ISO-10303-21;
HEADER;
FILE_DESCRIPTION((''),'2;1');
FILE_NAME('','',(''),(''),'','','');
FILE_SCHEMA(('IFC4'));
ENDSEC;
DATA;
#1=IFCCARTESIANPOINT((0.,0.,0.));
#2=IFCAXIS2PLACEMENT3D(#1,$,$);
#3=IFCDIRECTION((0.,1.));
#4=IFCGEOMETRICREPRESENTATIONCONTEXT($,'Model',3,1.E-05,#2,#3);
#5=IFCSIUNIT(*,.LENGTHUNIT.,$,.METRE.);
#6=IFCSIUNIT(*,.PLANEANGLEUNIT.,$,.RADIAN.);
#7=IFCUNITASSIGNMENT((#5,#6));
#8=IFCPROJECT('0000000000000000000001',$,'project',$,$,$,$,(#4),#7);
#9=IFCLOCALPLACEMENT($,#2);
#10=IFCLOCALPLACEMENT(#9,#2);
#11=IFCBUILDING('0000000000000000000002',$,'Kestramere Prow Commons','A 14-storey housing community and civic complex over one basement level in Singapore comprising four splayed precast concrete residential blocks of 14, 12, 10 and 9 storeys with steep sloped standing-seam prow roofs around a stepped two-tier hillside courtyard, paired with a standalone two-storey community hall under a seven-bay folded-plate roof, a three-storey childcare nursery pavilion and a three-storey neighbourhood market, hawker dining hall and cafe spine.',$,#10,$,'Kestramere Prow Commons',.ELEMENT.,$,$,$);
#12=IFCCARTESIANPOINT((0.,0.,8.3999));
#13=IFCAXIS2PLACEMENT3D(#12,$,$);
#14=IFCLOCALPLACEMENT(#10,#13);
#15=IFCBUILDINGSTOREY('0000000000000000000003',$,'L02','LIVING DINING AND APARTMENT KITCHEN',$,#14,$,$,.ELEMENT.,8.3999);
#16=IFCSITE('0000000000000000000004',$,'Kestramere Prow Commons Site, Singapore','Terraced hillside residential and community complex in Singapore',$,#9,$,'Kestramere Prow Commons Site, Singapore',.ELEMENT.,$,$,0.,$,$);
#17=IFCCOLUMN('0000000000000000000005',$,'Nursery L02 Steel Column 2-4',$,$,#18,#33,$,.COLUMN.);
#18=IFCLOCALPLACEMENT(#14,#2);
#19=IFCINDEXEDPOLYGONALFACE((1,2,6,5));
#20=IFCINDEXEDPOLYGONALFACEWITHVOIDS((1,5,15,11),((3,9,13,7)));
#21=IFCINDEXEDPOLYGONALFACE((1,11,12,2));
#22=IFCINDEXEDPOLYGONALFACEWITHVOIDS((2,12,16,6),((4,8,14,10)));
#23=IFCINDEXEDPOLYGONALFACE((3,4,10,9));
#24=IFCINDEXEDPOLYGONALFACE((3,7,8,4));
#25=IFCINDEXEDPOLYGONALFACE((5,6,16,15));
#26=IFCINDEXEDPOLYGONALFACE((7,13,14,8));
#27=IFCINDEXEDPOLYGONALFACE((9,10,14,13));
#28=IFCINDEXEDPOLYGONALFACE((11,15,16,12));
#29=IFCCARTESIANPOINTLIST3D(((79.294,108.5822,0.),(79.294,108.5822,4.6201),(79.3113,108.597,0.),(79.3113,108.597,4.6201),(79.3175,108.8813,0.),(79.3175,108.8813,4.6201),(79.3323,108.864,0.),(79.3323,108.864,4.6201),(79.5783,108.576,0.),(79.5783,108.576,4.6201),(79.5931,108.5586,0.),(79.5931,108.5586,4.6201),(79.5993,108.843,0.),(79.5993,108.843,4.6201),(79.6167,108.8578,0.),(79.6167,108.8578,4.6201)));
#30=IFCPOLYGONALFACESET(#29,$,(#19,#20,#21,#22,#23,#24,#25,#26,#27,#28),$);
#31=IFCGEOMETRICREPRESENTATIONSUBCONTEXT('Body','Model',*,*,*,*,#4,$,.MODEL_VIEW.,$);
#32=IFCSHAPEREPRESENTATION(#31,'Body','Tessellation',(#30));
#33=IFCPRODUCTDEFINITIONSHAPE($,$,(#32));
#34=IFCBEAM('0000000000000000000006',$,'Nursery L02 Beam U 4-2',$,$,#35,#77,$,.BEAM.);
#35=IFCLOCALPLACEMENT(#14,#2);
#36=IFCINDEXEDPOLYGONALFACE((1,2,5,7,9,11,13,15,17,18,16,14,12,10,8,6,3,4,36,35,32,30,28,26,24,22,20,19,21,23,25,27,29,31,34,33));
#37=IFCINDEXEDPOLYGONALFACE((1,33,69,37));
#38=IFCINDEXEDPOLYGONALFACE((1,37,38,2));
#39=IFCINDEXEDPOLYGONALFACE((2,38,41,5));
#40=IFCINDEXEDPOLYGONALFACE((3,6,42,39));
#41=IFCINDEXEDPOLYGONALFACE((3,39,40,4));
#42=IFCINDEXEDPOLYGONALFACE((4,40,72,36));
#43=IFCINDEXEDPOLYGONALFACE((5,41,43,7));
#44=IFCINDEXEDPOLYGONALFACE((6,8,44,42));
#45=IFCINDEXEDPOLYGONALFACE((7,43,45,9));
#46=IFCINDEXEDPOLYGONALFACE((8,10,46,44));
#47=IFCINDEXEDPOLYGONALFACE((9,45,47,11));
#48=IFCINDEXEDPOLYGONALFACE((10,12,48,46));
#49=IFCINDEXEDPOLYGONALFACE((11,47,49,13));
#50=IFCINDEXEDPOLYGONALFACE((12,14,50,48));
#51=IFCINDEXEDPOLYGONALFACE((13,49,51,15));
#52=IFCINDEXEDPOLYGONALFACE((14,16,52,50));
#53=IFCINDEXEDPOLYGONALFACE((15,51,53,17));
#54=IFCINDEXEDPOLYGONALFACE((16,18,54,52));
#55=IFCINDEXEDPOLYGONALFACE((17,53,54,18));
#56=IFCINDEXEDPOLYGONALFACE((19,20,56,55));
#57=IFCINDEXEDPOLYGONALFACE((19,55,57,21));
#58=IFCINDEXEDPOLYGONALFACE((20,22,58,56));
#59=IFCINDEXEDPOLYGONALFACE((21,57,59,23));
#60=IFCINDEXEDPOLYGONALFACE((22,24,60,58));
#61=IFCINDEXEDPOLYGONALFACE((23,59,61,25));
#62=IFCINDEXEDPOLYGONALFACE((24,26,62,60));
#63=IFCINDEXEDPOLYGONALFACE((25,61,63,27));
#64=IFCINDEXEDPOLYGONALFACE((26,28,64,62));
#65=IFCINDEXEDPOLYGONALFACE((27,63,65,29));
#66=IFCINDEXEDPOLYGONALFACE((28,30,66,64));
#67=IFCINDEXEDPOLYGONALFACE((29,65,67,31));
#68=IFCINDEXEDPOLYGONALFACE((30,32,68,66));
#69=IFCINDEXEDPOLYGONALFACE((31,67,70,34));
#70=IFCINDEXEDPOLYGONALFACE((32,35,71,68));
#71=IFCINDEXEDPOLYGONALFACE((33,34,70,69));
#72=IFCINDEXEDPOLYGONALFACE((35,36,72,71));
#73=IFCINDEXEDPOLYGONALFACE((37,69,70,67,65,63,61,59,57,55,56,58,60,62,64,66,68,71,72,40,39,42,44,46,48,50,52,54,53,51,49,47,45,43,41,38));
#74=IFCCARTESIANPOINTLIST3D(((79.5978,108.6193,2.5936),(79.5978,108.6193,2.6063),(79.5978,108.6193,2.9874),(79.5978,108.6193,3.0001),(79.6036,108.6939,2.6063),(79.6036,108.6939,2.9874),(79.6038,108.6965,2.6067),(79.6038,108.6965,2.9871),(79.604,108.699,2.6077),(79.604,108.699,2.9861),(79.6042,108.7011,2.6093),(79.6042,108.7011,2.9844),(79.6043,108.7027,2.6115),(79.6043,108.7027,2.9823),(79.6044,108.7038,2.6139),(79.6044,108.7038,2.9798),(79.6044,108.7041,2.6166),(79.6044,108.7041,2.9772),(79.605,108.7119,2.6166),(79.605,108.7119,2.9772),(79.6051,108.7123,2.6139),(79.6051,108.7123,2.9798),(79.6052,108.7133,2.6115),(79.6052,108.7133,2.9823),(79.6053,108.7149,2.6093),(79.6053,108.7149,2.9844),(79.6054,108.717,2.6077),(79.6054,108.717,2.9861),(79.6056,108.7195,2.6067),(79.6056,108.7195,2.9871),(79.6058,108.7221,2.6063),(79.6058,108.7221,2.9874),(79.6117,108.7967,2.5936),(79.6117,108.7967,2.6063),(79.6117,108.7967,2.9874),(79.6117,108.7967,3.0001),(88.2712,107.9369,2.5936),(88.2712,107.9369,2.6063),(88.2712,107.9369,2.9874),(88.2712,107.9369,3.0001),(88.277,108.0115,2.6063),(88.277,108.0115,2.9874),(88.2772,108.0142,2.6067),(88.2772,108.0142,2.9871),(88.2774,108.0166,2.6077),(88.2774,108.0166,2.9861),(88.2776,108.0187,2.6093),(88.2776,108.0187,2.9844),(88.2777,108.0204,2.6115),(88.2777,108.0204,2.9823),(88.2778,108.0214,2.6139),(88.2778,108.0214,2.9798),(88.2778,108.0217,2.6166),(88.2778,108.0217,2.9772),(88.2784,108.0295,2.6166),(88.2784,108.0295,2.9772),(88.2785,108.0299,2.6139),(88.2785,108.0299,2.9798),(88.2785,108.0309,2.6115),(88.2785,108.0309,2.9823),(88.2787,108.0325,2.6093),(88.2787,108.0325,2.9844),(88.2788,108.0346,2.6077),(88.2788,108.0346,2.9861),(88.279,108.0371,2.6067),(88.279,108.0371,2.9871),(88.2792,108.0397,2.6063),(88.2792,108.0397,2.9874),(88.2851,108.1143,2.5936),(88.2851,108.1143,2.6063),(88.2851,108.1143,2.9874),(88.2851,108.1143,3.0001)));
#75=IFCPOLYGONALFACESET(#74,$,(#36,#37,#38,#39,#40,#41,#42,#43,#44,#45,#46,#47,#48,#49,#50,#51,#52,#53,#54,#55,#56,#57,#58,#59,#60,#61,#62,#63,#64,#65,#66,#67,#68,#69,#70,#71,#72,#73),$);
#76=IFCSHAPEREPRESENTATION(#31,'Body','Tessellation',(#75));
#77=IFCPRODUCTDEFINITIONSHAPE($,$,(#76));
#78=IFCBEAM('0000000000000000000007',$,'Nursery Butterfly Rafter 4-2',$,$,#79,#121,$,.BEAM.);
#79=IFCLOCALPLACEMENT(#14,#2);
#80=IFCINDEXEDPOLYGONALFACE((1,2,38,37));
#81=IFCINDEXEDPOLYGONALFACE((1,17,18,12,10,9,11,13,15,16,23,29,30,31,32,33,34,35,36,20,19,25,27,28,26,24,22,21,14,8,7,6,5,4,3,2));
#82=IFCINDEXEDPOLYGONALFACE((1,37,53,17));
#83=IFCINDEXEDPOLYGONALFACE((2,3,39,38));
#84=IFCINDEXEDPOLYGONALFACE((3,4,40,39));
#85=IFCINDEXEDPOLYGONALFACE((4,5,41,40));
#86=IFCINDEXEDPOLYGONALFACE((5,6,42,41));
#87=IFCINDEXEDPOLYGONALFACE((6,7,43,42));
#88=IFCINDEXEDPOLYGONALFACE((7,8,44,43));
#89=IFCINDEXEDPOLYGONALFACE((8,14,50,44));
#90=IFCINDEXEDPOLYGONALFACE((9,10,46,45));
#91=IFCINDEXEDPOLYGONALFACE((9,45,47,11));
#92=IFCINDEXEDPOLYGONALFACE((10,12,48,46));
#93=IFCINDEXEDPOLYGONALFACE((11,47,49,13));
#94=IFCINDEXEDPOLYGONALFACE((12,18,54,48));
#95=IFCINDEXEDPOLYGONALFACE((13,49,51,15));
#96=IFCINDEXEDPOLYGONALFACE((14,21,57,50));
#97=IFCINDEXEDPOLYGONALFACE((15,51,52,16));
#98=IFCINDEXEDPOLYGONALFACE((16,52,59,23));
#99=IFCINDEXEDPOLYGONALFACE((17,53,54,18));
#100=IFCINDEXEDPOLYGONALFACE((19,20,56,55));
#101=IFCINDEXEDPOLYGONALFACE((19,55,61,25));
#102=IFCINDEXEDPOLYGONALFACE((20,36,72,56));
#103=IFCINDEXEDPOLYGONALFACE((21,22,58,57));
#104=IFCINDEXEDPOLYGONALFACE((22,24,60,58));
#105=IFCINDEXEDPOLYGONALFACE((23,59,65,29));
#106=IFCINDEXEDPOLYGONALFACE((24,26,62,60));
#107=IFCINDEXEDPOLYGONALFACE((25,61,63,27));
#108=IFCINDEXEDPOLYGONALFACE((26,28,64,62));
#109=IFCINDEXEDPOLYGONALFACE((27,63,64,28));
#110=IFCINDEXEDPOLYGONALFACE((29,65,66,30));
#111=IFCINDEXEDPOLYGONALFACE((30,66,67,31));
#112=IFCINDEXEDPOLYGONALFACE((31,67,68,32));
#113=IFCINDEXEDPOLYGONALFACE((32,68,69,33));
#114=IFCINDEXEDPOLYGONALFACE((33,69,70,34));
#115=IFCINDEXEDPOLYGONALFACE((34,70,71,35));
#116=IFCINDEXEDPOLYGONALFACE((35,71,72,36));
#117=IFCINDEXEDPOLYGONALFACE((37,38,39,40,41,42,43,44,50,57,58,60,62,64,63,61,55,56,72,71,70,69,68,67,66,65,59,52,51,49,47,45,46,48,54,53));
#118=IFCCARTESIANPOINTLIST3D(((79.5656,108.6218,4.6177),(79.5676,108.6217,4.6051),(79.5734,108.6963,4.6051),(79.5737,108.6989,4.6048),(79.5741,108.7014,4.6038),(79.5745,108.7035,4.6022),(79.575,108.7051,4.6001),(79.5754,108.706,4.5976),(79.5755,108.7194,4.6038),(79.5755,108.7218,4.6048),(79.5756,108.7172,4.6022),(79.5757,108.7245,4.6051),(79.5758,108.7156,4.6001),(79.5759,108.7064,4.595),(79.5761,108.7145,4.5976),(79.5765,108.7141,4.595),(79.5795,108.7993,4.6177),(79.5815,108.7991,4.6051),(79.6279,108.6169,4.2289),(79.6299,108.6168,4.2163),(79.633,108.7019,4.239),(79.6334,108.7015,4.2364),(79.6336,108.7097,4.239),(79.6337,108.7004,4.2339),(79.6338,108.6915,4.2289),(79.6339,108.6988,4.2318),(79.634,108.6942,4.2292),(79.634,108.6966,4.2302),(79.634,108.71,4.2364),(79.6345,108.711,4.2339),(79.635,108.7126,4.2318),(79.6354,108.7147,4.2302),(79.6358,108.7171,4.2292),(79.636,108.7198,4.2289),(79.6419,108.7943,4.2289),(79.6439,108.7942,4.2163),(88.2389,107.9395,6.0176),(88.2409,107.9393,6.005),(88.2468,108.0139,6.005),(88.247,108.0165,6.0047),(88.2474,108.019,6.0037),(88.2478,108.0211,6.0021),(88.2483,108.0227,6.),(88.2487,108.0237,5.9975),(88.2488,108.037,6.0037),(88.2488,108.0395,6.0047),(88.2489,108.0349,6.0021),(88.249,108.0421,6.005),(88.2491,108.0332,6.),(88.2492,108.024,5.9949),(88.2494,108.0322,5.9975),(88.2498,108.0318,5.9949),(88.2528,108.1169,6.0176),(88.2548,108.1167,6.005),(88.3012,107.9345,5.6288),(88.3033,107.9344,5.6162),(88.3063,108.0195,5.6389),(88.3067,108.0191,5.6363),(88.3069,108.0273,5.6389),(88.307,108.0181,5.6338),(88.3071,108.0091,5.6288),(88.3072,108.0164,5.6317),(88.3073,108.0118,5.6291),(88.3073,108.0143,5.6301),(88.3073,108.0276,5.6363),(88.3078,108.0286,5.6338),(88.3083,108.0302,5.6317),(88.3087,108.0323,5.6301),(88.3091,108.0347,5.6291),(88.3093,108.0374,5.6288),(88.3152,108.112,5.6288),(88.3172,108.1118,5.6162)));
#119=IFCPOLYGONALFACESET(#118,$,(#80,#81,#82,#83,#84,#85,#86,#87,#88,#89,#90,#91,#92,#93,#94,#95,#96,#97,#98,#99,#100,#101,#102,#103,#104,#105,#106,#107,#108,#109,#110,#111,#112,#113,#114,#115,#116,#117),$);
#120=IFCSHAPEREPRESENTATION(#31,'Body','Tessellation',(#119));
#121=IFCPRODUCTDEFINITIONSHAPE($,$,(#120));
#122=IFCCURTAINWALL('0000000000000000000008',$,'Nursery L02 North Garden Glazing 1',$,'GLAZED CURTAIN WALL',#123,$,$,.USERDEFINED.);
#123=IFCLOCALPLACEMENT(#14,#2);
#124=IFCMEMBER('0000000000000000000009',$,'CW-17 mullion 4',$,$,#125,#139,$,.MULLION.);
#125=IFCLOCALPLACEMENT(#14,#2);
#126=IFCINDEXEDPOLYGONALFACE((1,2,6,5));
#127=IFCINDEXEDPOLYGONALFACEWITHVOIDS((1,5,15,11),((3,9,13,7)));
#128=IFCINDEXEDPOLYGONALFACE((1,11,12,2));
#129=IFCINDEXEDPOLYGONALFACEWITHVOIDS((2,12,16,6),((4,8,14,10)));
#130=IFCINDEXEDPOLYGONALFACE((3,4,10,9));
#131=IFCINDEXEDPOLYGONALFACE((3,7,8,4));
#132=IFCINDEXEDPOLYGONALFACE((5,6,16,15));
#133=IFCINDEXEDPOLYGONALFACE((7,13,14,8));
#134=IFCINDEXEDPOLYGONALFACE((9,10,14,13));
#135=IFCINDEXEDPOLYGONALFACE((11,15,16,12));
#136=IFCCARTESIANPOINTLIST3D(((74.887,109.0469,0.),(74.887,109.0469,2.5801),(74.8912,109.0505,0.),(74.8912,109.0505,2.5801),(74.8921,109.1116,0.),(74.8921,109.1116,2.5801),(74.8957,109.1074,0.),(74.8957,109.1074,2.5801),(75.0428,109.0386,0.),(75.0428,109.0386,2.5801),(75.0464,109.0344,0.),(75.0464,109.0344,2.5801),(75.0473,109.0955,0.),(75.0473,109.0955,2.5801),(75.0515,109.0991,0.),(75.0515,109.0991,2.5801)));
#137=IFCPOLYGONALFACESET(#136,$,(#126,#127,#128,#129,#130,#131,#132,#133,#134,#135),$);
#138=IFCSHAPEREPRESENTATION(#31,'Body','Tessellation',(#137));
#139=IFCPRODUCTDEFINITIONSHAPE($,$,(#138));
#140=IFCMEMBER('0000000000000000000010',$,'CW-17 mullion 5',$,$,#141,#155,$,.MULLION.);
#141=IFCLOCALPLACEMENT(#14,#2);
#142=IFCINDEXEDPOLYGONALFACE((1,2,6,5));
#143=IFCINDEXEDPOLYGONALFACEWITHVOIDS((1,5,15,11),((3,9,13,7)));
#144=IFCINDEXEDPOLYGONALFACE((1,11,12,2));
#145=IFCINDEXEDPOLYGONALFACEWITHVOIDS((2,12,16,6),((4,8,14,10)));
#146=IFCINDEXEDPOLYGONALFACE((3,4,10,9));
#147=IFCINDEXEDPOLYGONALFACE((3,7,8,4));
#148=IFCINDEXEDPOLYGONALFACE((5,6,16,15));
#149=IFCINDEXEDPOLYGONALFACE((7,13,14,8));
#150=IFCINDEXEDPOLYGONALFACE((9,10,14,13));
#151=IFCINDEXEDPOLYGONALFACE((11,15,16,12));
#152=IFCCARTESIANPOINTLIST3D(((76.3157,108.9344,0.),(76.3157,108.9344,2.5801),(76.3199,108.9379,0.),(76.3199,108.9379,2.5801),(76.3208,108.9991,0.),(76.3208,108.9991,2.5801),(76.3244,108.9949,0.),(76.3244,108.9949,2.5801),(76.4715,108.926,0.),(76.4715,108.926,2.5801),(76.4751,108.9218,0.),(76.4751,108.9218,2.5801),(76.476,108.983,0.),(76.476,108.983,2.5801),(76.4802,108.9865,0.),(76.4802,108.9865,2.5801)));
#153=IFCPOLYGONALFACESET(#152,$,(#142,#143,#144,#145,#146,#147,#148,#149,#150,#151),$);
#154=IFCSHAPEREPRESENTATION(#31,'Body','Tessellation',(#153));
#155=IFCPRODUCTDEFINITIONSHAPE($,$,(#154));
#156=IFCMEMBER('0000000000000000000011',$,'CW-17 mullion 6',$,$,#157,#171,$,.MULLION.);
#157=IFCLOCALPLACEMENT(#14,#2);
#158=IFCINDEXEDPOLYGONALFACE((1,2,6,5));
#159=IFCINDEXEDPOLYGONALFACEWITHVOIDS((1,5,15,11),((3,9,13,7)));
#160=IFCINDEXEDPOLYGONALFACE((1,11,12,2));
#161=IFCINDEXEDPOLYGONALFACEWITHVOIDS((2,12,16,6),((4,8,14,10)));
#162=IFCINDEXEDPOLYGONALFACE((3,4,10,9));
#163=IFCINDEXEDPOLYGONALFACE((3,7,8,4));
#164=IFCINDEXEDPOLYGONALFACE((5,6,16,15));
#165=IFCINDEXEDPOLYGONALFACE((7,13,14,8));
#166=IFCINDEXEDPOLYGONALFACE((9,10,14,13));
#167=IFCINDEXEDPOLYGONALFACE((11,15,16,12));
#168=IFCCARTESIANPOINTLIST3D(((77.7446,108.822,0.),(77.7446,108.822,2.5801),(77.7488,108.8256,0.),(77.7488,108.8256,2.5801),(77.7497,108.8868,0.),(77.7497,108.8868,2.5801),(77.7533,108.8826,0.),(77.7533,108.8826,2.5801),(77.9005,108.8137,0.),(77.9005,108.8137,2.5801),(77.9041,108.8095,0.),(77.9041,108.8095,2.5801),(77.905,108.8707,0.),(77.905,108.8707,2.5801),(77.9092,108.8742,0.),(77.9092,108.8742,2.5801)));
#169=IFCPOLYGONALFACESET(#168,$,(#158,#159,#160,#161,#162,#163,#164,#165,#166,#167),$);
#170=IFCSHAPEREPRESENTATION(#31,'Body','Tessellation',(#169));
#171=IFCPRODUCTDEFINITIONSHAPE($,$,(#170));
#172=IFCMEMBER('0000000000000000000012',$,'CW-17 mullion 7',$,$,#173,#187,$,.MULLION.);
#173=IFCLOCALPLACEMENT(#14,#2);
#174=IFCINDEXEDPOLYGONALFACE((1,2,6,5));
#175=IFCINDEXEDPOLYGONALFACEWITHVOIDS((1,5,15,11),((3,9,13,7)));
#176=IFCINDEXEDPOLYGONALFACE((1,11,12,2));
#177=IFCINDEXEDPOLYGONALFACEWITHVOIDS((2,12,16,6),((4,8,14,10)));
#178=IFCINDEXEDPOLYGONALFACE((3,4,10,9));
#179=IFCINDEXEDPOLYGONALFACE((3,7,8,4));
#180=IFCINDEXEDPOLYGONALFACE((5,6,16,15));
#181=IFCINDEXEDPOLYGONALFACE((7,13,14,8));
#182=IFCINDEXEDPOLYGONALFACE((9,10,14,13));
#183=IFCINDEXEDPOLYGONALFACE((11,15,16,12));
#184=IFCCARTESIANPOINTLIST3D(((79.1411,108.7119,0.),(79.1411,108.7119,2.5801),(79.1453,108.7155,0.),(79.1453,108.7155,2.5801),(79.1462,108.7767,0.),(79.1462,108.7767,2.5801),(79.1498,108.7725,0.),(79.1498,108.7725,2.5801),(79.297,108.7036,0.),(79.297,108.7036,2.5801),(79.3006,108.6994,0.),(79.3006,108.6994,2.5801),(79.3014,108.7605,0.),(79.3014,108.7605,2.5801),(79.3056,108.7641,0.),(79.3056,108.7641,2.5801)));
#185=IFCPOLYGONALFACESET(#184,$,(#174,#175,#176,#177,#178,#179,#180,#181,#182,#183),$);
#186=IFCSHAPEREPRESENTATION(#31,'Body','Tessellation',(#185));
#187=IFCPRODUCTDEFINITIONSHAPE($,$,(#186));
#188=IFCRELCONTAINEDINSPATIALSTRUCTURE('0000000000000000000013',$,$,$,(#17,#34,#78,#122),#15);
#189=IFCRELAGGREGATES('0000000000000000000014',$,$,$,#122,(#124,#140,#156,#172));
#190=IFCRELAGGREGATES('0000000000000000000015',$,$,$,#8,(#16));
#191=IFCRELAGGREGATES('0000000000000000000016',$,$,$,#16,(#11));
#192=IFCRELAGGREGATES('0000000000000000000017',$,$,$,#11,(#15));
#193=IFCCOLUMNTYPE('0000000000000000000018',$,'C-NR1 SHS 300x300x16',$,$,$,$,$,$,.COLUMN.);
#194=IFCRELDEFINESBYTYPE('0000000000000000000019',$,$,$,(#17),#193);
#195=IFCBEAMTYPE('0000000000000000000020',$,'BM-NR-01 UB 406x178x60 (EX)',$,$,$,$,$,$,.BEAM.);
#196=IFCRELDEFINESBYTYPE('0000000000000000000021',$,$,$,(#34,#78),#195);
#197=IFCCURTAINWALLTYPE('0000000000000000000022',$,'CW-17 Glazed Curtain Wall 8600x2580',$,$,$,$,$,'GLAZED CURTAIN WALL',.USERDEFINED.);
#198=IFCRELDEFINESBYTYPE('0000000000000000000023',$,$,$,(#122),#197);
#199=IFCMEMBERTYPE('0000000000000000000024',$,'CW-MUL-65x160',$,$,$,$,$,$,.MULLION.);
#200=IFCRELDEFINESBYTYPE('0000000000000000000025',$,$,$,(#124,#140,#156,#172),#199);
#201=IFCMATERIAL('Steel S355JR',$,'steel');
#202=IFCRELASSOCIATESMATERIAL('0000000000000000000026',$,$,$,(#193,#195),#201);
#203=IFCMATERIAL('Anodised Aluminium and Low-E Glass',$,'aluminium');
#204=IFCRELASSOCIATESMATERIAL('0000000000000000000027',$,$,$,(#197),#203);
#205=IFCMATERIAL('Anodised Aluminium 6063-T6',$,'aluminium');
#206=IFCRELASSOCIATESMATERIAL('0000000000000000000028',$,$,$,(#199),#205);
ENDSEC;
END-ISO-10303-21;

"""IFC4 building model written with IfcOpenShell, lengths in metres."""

from ifc_helpers import new_model, si_unit, direction, frame, origin, origin_2d, place, context, subcontext, project, spatial, hollow_rectangle, i_section, extrude, material, material_profile, profile_set, type_object, element, aggregate, save


model = new_model("IFC4")

# Units and contexts
model_context = context("Model", 3, precision=1e-05, world=origin(), true_north=direction((0.0, 1.0)))
body_context = subcontext(model_context, "Body", "Model", "MODEL_VIEW")
ifc_project = project(units=[si_unit("LENGTHUNIT", "METRE"), si_unit("PLANEANGLEUNIT", "RADIAN")], contexts=[model_context])

# Site, building, storey
site_placement = place(None, origin())
site = spatial("IfcSite", under=ifc_project, at=site_placement, Name="Kestramere Prow Commons Site, Singapore", Description="Terraced hillside residential and community complex in Singapore", LongName="Kestramere Prow Commons Site, Singapore", CompositionType="ELEMENT", RefElevation=0.0)
building_placement = place(site_placement, origin())
building = spatial("IfcBuilding", under=site, at=building_placement, Name="Kestramere Prow Commons", Description="A 14-storey housing community and civic complex over one basement level in Singapore comprising four splayed precast concrete residential blocks of 14, 12, 10 and 9 storeys with steep sloped standing-seam prow roofs around a stepped two-tier hillside courtyard, paired with a standalone two-storey community hall under a seven-bay folded-plate roof, a three-storey childcare nursery pavilion and a three-storey neighbourhood market, hawker dining hall and cafe spine.", LongName="Kestramere Prow Commons", CompositionType="ELEMENT")
storey_placement = place(building_placement, frame((0.0, 0.0, 8.3999)))
storey = spatial("IfcBuildingStorey", under=building, at=storey_placement, Name="L02", Description="LIVING DINING AND APARTMENT KITCHEN", CompositionType="ELEMENT", Elevation=8.3999)

# Column
ifc_material_1 = material(Name="Steel S355JR", Category="steel")
ifc_material_profile_1 = material_profile(ifc_material_1, hollow_rectangle(XDim=0.3, YDim=0.3, WallThickness=0.0161, at=origin_2d()), Name="SHS 300x300x16")
ifc_profile_set_1 = profile_set([ifc_material_profile_1], Name="Steel S355JR")
column_type = type_object("IfcColumnType", Name="C-NR1 SHS 300x300x16", PredefinedType="COLUMN", material=ifc_profile_set_1)
column_placement = place(storey_placement, frame((79.4553, 108.72, 0.0), z_axis=(0.0, 0.0, 1.0), x_axis=(0.996917, -0.078459, 0.0)))
element("IfcColumn", 1, at=column_placement, inside=storey, type_object=column_type, Name="Nursery L02 Steel Column 2-4", PredefinedType="COLUMN", context=body_context, shape_type="SweptSolid", body=[
    extrude(hollow_rectangle(XDim=0.3, YDim=0.3, WallThickness=0.0161, at=origin_2d()), origin(), (0.0, 0.0, 1.0), 4.6201),
])

# Beams
ifc_material_profile_2 = material_profile(ifc_material_1, i_section(OverallWidth=0.178, OverallDepth=0.4065, WebThickness=0.0078, FlangeThickness=0.0127, FilletRadius=0.0103, at=origin_2d()), Name="UB 406x178x60")
ifc_profile_set_2 = profile_set([ifc_material_profile_2], Name="Steel S355JR")
beam_type = type_object("IfcBeamType", Name="BM-NR-01 UB 406x178x60 (EX)", PredefinedType="BEAM", material=ifc_profile_set_2)
beam_1_placement = place(storey_placement, frame((79.6047, 108.708, 2.7969), z_axis=(0.996919, -0.078432, 0.0), x_axis=(0.078432, 0.996919, 0.0)))
element("IfcBeam", 2, at=beam_1_placement, inside=storey, type_object=beam_type, Name="Nursery L02 Beam U 4-2", PredefinedType="BEAM", context=body_context, shape_type="SweptSolid", body=[
    extrude(i_section(OverallWidth=0.178, OverallDepth=0.4065, WebThickness=0.0078, FlangeThickness=0.0127, FilletRadius=0.0103, at=origin_2d()), origin(), (0.0, 0.0, 1.0), 8.7002),
])
beam_2_placement = place(storey_placement, frame((79.6047, 108.708, 4.417), z_axis=(0.984259, -0.077436, 0.158862), x_axis=(0.078432, 0.996919, 0.0)))
element("IfcBeam", 3, at=beam_2_placement, inside=storey, type_object=beam_type, Name="Nursery Butterfly Rafter 4-2", PredefinedType="BEAM", context=body_context, shape_type="SweptSolid", body=[
    extrude(i_section(OverallWidth=0.178, OverallDepth=0.4065, WebThickness=0.0078, FlangeThickness=0.0127, FilletRadius=0.0103, at=origin_2d()), origin(), (0.0, 0.0, 1.0), 8.812),
])

# Curtain wall, members
ifc_material_2 = material(Name="Anodised Aluminium and Low-E Glass", Category="aluminium")
curtain_wall_type = type_object("IfcCurtainWallType", Name="CW-17 Glazed Curtain Wall 8600x2580", ElementType="GLAZED CURTAIN WALL", PredefinedType="USERDEFINED", material=ifc_material_2)
curtain_wall_1_placement = place(storey_placement, origin())
curtain_wall_1 = element("IfcCurtainWall", 4, at=curtain_wall_1_placement, inside=storey, type_object=curtain_wall_type, Name="Nursery L02 North Garden Glazing 1", ObjectType="GLAZED CURTAIN WALL", PredefinedType="USERDEFINED")
ifc_material_3 = material(Name="Anodised Aluminium 6063-T6", Category="aluminium")
ifc_material_profile_3 = material_profile(ifc_material_3, hollow_rectangle(XDim=0.0649, YDim=0.1599, WallThickness=0.0039, at=origin_2d()), Name="ALU-MUL 65x160")
ifc_profile_set_3 = profile_set([ifc_material_profile_3], Name="Anodised Aluminium 6063-T6")
member_type_1 = type_object("IfcMemberType", Name="CW-MUL-65x160", PredefinedType="MULLION", material=ifc_profile_set_3)
member_1_placement = place(storey_placement, frame((74.9692, 109.073, 0.0), z_axis=(0.0, 0.0, 1.0), x_axis=(0.078459, 0.996917, 0.0)))
member_1 = element("IfcMember", 5, at=member_1_placement, type_object=member_type_1, Name="CW-17 mullion 4", PredefinedType="MULLION", context=body_context, shape_type="SweptSolid", body=[
    extrude(hollow_rectangle(XDim=0.0649, YDim=0.1599, WallThickness=0.0039, at=origin_2d()), origin(), (0.0, 0.0, 1.0), 2.5801),
])
member_2_placement = place(storey_placement, frame((76.3979, 108.9604, 0.0), z_axis=(0.0, 0.0, 1.0), x_axis=(0.078459, 0.996917, 0.0)))
member_2 = element("IfcMember", 6, at=member_2_placement, type_object=member_type_1, Name="CW-17 mullion 5", PredefinedType="MULLION", context=body_context, shape_type="SweptSolid", body=[
    extrude(hollow_rectangle(XDim=0.0649, YDim=0.1599, WallThickness=0.0039, at=origin_2d()), origin(), (0.0, 0.0, 1.0), 2.5801),
])
member_3_placement = place(storey_placement, frame((77.8269, 108.8481, 0.0), z_axis=(0.0, 0.0, 1.0), x_axis=(0.078459, 0.996917, 0.0)))
member_3 = element("IfcMember", 7, at=member_3_placement, type_object=member_type_1, Name="CW-17 mullion 6", PredefinedType="MULLION", context=body_context, shape_type="SweptSolid", body=[
    extrude(hollow_rectangle(XDim=0.0649, YDim=0.1599, WallThickness=0.0039, at=origin_2d()), origin(), (0.0, 0.0, 1.0), 2.5801),
])
member_4_placement = place(storey_placement, frame((79.2234, 108.738, 0.0), z_axis=(0.0, 0.0, 1.0), x_axis=(0.078459, 0.996917, 0.0)))
member_4 = element("IfcMember", 8, at=member_4_placement, type_object=member_type_1, Name="CW-17 mullion 7", PredefinedType="MULLION", context=body_context, shape_type="SweptSolid", body=[
    extrude(hollow_rectangle(XDim=0.0649, YDim=0.1599, WallThickness=0.0039, at=origin_2d()), origin(), (0.0, 0.0, 1.0), 2.5801),
])

aggregate(curtain_wall_1, [member_1, member_2, member_3, member_4])

save(model, "model.ifc")
